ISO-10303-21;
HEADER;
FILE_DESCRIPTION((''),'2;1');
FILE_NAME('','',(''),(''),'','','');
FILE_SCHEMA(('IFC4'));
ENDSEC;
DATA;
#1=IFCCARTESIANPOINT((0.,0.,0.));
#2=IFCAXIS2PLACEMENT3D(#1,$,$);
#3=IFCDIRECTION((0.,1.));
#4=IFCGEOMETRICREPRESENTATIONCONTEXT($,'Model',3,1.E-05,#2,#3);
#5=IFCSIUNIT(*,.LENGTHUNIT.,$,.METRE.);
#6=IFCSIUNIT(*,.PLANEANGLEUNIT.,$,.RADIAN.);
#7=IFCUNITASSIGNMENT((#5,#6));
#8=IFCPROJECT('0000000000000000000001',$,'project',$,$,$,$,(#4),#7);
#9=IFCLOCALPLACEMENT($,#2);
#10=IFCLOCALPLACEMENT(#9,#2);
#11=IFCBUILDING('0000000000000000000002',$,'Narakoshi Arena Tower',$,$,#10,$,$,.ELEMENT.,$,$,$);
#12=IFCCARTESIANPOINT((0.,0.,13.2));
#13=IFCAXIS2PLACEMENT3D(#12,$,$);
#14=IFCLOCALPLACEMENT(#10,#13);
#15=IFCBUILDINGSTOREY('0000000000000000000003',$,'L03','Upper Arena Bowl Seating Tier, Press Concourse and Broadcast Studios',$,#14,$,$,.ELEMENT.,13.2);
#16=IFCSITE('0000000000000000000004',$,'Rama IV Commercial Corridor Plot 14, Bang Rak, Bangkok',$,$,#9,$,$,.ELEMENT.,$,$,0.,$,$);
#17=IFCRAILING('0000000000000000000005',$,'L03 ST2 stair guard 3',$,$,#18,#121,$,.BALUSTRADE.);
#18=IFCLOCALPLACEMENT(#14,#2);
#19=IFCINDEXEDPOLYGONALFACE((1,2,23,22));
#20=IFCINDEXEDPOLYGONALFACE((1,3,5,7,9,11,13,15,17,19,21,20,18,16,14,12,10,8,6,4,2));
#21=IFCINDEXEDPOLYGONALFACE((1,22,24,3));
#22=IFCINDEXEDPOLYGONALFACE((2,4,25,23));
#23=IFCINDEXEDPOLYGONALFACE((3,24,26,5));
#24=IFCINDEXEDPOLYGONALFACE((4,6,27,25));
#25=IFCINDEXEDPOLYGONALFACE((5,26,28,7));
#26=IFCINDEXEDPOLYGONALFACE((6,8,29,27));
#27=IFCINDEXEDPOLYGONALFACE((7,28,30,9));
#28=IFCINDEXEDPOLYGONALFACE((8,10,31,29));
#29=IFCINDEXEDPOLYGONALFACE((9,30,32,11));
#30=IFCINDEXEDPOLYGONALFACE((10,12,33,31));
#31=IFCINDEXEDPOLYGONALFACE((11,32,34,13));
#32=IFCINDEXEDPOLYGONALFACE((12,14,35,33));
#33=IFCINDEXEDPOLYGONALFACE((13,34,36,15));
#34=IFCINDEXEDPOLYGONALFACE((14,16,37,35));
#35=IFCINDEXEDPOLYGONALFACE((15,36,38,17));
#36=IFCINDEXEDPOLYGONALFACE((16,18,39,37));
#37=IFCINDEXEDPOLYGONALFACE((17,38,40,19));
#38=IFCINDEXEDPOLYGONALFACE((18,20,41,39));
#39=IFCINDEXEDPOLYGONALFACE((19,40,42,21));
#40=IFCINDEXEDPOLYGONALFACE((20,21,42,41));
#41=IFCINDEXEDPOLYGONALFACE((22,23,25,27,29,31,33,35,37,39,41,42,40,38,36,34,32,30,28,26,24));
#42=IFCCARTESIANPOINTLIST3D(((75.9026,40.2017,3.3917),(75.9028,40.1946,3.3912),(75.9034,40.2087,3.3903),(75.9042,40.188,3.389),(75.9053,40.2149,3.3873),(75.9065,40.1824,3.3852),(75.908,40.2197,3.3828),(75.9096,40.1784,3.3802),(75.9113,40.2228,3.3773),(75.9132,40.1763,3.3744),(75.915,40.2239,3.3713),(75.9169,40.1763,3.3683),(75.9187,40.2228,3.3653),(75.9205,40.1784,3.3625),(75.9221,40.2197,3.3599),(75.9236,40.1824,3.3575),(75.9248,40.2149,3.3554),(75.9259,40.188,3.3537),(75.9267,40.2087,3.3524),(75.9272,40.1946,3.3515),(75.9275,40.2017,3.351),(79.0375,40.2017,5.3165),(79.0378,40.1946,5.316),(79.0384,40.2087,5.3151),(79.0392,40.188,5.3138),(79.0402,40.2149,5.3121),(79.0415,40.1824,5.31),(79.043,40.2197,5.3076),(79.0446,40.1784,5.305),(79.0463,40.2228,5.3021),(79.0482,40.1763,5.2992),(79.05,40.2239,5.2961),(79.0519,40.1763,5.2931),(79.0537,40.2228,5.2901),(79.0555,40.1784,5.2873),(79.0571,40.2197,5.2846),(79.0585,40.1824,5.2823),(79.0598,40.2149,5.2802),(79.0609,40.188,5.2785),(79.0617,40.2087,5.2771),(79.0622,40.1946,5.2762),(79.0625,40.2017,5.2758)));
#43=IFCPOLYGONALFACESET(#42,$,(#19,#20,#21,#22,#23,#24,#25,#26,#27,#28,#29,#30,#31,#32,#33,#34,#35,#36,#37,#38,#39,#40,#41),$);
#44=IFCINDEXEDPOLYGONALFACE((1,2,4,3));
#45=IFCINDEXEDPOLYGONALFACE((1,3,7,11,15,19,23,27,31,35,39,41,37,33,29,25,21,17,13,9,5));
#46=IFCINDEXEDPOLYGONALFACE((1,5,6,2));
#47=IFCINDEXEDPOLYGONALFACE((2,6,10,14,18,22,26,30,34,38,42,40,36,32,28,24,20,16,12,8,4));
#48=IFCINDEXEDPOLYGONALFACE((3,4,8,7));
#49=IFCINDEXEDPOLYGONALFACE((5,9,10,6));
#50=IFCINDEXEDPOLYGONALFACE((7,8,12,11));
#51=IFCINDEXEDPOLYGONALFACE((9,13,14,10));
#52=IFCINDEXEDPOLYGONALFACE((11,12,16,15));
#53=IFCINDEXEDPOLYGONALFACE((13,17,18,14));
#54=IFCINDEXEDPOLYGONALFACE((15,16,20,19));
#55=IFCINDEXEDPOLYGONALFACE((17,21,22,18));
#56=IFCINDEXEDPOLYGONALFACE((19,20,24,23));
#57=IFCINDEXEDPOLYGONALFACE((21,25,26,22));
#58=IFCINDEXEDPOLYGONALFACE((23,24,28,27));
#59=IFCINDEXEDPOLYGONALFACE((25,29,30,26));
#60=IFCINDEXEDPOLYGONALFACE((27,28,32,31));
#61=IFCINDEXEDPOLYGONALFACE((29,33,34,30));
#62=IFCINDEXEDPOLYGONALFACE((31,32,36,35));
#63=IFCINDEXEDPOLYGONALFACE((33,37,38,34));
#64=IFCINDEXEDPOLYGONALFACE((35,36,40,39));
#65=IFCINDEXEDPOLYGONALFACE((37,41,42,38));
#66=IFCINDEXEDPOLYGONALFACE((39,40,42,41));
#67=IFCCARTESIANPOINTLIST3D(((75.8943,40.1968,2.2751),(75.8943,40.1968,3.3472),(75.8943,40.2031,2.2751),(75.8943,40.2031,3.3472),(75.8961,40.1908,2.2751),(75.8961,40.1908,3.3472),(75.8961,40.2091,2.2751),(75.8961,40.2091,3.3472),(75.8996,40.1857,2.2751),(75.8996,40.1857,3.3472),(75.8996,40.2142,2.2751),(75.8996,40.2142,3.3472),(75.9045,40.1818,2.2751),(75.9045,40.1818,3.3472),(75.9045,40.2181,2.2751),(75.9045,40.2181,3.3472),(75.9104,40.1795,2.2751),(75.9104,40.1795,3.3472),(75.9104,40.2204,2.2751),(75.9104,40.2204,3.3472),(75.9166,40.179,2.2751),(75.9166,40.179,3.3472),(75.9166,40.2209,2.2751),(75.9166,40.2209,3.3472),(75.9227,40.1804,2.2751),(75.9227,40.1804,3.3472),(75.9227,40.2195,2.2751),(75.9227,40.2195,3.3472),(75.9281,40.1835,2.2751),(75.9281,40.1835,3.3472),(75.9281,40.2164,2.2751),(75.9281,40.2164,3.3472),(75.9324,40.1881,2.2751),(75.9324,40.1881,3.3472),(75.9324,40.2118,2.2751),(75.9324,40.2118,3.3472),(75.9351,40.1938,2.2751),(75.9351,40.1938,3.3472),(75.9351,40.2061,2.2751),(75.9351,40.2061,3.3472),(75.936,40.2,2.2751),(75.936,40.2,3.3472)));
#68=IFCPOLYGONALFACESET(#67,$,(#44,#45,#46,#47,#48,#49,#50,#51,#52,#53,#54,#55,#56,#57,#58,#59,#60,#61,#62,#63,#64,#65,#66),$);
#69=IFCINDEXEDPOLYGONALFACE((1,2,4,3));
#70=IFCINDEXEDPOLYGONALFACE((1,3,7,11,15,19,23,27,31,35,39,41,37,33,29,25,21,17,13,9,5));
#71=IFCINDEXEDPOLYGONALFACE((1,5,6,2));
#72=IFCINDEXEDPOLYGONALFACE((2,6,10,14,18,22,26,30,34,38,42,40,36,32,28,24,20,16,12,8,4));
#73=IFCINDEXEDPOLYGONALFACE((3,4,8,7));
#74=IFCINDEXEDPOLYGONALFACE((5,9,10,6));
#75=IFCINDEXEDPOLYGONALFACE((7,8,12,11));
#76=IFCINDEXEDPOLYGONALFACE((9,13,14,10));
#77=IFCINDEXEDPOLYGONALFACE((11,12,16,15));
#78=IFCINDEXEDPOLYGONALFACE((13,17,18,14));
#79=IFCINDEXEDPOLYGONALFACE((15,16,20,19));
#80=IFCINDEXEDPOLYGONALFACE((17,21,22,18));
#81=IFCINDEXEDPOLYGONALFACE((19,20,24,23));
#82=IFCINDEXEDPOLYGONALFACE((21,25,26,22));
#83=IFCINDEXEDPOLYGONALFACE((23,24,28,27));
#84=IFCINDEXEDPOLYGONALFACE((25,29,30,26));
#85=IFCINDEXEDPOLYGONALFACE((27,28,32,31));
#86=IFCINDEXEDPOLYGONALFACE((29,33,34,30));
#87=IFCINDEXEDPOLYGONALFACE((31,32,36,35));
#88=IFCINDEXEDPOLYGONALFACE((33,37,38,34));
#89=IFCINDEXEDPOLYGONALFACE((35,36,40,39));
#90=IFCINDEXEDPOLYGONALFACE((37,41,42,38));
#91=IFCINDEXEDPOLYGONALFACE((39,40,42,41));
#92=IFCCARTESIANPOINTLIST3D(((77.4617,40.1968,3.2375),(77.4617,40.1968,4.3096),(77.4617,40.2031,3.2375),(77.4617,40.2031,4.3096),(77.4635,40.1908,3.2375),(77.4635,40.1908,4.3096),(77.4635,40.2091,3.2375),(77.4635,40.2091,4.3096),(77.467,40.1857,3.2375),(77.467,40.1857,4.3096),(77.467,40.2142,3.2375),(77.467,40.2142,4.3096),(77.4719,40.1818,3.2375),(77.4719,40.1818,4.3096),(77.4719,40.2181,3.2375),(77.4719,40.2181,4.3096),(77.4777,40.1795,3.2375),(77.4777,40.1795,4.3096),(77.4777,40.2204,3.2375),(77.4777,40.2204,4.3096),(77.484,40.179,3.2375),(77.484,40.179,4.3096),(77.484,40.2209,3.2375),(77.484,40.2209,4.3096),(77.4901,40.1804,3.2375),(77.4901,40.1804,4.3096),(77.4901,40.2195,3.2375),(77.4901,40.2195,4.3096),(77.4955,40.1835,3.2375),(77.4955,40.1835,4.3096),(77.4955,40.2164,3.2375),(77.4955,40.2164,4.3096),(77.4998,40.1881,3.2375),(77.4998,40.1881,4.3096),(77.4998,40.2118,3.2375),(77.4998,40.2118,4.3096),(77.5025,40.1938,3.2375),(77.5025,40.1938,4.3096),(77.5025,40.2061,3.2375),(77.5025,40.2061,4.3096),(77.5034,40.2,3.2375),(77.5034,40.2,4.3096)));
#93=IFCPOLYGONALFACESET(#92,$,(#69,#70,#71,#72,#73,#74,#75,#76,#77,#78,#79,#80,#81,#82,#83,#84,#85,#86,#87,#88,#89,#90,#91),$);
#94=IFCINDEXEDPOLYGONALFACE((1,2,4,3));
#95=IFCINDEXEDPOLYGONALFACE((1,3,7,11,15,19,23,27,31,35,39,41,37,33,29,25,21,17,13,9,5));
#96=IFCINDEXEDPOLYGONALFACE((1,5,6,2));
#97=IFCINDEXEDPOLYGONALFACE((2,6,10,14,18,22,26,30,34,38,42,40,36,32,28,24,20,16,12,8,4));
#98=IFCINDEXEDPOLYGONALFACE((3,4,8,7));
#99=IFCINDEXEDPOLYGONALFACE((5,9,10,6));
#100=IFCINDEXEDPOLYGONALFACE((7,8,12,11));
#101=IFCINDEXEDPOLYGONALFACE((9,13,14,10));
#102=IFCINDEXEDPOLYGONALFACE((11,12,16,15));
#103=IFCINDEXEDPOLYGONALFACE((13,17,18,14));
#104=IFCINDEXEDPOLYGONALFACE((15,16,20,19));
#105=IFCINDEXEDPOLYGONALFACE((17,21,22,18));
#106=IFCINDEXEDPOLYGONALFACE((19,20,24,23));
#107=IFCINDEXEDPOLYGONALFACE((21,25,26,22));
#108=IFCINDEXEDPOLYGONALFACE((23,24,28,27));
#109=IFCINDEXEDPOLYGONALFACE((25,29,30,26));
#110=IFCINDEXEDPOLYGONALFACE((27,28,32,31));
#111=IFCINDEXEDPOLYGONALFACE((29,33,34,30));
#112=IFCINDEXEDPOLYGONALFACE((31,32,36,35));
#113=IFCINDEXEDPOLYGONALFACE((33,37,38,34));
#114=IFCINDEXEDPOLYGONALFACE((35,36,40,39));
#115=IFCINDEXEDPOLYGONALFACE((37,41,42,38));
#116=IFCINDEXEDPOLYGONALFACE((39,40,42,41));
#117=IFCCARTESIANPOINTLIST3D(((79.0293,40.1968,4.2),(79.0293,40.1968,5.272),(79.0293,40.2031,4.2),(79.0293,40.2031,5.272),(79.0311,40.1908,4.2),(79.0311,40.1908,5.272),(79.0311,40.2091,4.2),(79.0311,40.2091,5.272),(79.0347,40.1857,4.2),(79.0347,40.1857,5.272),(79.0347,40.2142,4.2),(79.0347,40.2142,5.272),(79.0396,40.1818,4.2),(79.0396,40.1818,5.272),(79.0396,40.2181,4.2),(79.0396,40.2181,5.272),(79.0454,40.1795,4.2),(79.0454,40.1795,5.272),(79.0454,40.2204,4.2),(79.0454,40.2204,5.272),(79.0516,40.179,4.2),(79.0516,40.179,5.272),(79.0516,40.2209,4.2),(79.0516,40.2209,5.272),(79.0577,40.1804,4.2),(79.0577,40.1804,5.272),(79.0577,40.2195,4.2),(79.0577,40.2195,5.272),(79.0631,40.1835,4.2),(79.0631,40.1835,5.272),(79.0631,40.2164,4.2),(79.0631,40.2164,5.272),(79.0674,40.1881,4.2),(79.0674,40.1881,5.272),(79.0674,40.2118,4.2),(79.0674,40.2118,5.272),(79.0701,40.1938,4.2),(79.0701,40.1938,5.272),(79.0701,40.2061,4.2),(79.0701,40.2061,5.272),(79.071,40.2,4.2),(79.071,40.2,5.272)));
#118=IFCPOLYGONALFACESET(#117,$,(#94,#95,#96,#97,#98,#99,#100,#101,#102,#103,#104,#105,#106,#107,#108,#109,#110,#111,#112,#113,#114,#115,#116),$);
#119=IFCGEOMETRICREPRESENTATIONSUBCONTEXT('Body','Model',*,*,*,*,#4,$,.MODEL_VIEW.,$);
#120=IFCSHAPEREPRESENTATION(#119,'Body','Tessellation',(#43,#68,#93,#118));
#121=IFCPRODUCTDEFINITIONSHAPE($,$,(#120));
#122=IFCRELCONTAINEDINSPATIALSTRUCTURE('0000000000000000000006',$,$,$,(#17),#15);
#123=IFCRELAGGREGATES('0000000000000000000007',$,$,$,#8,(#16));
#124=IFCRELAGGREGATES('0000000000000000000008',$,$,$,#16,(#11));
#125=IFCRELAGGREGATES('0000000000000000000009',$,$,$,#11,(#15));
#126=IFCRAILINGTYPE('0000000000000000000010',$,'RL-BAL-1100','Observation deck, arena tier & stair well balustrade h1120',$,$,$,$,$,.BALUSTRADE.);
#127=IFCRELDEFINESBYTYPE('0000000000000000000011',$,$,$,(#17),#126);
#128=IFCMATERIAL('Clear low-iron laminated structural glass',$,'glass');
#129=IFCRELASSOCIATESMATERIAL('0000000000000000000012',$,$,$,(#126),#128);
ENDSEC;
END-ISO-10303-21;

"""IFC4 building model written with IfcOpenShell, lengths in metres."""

from ifc_helpers import new_model, si_unit, direction, frame, origin, origin_2d, place, context, subcontext, project, spatial, circle, extrude, material, type_object, element, save


model = new_model("IFC4")

# Units and contexts
model_context = context("Model", 3, precision=1e-05, world=origin(), true_north=direction((0.0, 1.0)))
body_context = subcontext(model_context, "Body", "Model", "MODEL_VIEW")
ifc_project = project(units=[si_unit("LENGTHUNIT", "METRE"), si_unit("PLANEANGLEUNIT", "RADIAN")], contexts=[model_context])

# Site, building, storey
site_placement = place(None, origin())
site = spatial("IfcSite", under=ifc_project, at=site_placement, Name="Rama IV Commercial Corridor Plot 14, Bang Rak, Bangkok", CompositionType="ELEMENT", RefElevation=0.0)
building_placement = place(site_placement, origin())
building = spatial("IfcBuilding", under=site, at=building_placement, Name="Narakoshi Arena Tower", CompositionType="ELEMENT")
storey_placement = place(building_placement, frame((0.0, 0.0, 13.2)))
storey = spatial("IfcBuildingStorey", under=building, at=storey_placement, Name="L03", Description="Upper Arena Bowl Seating Tier, Press Concourse and Broadcast Studios", CompositionType="ELEMENT", Elevation=13.2)

# Railing
ifc_material_1 = material(Name="Clear low-iron laminated structural glass", Category="glass")
railing_type_1 = type_object("IfcRailingType", Name="RL-BAL-1100", Description="Observation deck, arena tier & stair well balustrade h1120", PredefinedType="BALUSTRADE", material=ifc_material_1)
railing_1_placement = place(storey_placement, frame((75.915, 40.2, 2.2751)))
element("IfcRailing", 1, at=railing_1_placement, inside=storey, type_object=railing_type_1, Name="L03 ST2 stair guard 3", PredefinedType="BALUSTRADE", context=body_context, shape_type="SweptSolid", body=[
    extrude(circle(Radius=0.0239, at=origin_2d()), frame((0.0, 0.0, 1.0962), z_axis=(0.852196, 0.0, 0.523223), x_axis=(0.0, 1.0, 0.0)), (0.0, 0.0, 1.0), 3.6787),
    extrude(circle(Radius=0.021, at=origin_2d()), origin(), (0.0, 0.0, 1.0), 1.072),
    extrude(circle(Radius=0.021, at=origin_2d()), frame((1.5674, 0.0, 0.9624)), (0.0, 0.0, 1.0), 1.072),
    extrude(circle(Radius=0.021, at=origin_2d()), frame((3.135, 0.0, 1.9248)), (0.0, 0.0, 1.0), 1.072),
])

save(model, "model.ifc")
